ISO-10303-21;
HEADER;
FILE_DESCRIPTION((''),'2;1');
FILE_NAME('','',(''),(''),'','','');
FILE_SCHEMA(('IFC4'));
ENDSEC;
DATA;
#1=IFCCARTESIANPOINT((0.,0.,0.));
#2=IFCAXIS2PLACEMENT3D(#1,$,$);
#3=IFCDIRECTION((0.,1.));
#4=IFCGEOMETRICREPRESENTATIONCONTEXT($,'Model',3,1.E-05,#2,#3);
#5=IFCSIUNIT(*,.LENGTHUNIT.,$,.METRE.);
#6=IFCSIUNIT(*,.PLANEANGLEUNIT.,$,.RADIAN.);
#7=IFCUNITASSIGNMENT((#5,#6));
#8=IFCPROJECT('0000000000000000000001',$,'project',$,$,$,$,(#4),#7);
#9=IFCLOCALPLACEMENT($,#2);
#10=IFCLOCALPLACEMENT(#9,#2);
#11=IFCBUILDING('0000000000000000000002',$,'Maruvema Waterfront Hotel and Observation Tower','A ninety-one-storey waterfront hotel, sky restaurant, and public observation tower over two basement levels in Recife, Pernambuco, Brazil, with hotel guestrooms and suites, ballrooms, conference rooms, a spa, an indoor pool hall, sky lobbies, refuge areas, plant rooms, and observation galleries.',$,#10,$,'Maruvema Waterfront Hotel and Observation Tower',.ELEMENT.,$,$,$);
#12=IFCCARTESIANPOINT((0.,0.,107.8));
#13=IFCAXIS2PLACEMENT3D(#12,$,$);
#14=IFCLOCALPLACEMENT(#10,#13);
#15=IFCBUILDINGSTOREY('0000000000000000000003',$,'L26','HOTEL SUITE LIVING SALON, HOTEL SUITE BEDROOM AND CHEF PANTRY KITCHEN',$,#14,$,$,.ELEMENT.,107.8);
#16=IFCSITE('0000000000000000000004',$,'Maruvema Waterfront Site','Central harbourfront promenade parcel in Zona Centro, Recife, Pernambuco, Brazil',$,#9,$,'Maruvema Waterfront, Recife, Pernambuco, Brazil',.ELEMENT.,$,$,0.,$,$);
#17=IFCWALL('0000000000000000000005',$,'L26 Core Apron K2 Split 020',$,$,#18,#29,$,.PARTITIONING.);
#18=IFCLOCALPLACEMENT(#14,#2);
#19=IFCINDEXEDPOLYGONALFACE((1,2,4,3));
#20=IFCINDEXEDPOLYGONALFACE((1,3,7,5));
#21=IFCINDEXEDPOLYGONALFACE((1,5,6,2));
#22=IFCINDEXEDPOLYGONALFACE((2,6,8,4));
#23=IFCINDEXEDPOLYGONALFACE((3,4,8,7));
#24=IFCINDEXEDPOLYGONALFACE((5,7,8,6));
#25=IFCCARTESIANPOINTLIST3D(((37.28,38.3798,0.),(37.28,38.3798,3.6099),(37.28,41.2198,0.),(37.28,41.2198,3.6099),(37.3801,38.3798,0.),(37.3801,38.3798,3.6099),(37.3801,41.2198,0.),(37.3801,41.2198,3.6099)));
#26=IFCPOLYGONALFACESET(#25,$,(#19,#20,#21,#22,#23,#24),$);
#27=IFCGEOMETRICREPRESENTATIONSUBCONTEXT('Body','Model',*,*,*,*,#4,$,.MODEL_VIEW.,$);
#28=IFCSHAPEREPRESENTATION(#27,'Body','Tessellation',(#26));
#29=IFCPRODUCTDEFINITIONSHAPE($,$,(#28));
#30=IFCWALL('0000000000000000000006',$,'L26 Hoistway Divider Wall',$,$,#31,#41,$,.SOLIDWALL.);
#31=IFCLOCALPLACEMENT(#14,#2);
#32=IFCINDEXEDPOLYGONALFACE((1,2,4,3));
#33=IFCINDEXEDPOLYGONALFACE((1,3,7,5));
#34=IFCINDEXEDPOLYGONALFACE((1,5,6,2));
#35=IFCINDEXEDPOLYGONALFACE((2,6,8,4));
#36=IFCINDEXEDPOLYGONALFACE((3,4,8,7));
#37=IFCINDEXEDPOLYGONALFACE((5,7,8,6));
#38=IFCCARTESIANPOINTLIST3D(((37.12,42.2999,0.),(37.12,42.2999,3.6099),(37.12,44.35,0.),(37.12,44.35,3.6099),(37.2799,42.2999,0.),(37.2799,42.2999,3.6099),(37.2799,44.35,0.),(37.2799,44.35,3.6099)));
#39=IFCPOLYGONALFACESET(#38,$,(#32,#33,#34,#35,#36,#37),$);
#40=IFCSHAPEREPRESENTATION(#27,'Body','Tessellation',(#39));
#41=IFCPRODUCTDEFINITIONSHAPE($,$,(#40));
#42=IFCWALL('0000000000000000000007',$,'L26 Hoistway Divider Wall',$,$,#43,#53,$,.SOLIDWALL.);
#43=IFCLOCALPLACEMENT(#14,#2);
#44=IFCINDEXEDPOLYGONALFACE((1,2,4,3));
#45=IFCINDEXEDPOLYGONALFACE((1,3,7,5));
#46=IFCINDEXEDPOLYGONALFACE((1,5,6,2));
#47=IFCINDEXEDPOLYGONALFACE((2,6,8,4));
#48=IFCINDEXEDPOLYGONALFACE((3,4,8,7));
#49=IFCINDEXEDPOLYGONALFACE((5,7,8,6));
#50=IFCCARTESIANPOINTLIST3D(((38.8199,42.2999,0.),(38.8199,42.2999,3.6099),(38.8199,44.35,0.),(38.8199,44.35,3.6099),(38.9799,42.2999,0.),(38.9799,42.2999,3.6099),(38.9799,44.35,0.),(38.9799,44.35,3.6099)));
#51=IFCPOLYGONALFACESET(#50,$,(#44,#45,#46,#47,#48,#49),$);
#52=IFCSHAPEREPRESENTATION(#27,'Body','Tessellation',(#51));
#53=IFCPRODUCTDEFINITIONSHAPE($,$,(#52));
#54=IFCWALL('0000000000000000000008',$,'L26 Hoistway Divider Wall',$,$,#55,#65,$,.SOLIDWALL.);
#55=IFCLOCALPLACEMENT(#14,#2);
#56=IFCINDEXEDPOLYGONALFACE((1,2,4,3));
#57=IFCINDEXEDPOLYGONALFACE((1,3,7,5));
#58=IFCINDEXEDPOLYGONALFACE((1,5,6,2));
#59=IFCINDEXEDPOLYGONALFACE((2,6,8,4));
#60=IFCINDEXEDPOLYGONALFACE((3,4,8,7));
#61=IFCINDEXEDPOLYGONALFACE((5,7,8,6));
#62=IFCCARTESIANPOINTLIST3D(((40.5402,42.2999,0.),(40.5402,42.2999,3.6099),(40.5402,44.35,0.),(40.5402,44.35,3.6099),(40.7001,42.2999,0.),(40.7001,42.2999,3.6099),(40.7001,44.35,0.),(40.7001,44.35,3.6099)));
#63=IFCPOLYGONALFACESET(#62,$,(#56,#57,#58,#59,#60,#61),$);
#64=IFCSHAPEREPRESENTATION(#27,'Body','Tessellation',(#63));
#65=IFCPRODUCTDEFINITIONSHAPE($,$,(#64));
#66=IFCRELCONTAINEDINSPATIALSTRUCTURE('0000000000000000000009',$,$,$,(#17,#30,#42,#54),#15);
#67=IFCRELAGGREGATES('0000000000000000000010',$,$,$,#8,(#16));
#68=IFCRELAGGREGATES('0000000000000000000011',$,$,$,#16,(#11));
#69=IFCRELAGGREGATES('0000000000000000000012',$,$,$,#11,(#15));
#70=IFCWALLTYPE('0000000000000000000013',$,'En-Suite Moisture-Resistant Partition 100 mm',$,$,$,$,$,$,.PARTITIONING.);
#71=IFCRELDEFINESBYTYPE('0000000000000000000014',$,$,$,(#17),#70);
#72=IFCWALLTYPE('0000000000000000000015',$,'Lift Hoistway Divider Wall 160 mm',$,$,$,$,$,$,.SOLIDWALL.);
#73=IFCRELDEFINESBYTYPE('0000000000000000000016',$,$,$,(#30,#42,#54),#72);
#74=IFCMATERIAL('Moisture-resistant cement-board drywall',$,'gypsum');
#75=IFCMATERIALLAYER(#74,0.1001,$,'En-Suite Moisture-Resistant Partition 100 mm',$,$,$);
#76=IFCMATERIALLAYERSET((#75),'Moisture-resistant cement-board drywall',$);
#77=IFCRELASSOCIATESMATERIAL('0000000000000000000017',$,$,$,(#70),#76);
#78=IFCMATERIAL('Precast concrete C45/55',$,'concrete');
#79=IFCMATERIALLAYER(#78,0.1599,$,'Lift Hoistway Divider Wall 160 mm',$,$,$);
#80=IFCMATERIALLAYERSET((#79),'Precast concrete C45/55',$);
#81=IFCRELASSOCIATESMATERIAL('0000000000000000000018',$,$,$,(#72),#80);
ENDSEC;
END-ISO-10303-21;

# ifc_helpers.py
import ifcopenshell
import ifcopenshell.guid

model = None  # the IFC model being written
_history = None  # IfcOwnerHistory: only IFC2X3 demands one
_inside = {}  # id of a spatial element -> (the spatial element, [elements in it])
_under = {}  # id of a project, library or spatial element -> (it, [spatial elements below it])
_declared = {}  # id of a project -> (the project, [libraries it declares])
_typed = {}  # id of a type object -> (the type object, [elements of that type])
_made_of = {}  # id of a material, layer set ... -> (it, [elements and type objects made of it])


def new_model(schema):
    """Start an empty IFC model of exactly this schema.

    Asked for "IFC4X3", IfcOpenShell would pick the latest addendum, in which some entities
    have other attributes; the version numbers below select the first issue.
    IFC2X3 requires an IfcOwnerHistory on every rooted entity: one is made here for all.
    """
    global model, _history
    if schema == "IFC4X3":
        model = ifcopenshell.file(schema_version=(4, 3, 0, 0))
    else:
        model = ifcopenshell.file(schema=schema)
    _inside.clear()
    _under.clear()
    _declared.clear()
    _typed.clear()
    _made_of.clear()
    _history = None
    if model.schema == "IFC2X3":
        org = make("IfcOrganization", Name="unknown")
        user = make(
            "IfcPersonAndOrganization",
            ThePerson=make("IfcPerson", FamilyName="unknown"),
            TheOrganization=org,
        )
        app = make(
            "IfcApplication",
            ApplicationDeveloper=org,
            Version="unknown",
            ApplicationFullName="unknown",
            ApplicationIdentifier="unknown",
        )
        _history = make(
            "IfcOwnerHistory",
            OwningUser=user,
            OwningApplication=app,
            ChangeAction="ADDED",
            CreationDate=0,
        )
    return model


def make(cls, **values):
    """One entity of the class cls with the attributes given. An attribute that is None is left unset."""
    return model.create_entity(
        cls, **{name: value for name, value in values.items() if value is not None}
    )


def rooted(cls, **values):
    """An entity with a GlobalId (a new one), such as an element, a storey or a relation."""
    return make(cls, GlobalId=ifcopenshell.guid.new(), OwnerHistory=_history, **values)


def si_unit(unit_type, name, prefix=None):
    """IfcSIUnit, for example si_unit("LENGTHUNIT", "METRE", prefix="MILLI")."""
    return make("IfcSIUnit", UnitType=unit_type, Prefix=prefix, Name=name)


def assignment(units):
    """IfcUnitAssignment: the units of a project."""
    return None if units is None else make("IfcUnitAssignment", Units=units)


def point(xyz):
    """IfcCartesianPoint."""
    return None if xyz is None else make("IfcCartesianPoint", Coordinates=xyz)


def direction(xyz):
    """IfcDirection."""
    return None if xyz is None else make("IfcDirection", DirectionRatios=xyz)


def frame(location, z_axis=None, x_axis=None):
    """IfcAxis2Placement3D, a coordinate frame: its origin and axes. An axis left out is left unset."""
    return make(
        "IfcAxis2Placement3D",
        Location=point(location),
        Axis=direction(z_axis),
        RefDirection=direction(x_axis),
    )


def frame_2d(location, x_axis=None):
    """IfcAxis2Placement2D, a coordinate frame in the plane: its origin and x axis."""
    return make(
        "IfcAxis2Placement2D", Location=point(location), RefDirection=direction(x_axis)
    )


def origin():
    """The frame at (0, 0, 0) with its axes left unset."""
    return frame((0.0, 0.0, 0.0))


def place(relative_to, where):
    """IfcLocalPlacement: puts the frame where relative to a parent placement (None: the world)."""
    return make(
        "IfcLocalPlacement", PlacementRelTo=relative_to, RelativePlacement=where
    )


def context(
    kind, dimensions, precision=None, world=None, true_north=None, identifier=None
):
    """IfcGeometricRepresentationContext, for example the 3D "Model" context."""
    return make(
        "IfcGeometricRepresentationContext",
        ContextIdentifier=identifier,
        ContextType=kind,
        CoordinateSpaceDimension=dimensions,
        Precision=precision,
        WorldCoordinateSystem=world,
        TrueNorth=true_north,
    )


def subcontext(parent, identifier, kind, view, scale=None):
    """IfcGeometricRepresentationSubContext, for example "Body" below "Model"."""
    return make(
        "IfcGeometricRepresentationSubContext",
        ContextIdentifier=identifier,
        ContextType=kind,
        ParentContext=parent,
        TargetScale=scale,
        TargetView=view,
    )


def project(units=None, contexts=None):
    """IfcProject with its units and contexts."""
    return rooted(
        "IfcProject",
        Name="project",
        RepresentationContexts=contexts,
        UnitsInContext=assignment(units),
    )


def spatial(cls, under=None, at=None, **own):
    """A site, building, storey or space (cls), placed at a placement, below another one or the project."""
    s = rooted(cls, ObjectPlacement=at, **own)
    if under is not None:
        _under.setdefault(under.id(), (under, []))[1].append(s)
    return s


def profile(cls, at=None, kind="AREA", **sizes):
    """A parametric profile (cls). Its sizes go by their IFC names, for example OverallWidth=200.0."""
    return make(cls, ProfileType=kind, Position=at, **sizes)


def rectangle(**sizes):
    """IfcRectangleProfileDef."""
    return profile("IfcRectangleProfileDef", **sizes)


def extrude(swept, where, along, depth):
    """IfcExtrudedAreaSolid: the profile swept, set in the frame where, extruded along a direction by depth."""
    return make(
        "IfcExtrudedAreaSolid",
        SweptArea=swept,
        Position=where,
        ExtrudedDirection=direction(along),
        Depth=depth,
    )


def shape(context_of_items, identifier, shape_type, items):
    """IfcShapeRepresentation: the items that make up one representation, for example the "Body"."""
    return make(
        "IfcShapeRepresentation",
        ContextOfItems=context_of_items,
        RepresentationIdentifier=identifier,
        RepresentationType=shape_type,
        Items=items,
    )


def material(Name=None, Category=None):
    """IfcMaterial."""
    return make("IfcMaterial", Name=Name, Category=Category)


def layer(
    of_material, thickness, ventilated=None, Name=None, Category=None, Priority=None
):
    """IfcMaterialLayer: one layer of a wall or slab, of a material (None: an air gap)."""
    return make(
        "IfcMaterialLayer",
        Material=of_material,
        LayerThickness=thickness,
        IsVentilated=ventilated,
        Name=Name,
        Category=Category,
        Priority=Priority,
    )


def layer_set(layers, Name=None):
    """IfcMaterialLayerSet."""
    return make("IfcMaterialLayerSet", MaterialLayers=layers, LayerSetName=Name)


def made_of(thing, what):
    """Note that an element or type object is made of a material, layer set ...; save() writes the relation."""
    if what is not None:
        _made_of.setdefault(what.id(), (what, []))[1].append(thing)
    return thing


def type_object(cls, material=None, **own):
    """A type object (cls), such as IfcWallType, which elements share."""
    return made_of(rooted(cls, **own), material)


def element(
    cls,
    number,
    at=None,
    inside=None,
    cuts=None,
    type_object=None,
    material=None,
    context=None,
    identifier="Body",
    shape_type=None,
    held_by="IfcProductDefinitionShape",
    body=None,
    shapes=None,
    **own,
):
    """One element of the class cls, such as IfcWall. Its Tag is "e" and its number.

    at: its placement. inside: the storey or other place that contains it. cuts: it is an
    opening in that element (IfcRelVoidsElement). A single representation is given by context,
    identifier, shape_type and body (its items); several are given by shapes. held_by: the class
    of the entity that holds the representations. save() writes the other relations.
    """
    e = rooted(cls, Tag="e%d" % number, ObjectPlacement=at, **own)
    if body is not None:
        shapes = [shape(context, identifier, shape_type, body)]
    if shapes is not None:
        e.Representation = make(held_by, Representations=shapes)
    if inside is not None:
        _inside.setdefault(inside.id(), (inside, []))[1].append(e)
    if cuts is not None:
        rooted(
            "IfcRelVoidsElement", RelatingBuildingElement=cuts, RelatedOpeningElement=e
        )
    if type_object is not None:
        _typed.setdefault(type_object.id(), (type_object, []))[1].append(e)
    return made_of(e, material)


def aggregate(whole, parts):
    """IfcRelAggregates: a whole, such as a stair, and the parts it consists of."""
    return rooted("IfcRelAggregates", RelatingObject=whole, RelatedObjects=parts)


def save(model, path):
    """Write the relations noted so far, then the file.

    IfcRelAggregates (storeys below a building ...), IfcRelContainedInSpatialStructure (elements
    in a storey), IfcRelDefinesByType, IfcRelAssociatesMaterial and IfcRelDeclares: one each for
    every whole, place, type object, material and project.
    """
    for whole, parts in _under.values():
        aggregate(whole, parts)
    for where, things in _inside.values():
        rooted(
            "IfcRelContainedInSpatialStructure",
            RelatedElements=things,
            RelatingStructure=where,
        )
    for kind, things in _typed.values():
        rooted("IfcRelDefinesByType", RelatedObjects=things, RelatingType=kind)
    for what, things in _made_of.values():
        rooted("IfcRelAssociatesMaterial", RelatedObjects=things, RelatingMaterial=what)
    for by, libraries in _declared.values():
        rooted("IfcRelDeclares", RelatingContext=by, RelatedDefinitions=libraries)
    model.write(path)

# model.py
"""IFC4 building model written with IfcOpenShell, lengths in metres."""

from ifc_helpers import new_model, si_unit, direction, frame, frame_2d, origin, place, context, subcontext, project, spatial, rectangle, extrude, material, layer, layer_set, type_object, element, save


model = new_model("IFC4")

# Units and contexts
model_context = context("Model", 3, precision=1e-05, world=origin(), true_north=direction((0.0, 1.0)))
body_context = subcontext(model_context, "Body", "Model", "MODEL_VIEW")
ifc_project = project(units=[si_unit("LENGTHUNIT", "METRE"), si_unit("PLANEANGLEUNIT", "RADIAN")], contexts=[model_context])

# Site, building, storey
site_placement = place(None, origin())
site = spatial("IfcSite", under=ifc_project, at=site_placement, Name="Maruvema Waterfront Site", Description="Central harbourfront promenade parcel in Zona Centro, Recife, Pernambuco, Brazil", LongName="Maruvema Waterfront, Recife, Pernambuco, Brazil", CompositionType="ELEMENT", RefElevation=0.0)
building_placement = place(site_placement, origin())
building = spatial("IfcBuilding", under=site, at=building_placement, Name="Maruvema Waterfront Hotel and Observation Tower", Description="A ninety-one-storey waterfront hotel, sky restaurant, and public observation tower over two basement levels in Recife, Pernambuco, Brazil, with hotel guestrooms and suites, ballrooms, conference rooms, a spa, an indoor pool hall, sky lobbies, refuge areas, plant rooms, and observation galleries.", LongName="Maruvema Waterfront Hotel and Observation Tower", CompositionType="ELEMENT")
storey_placement = place(building_placement, frame((0.0, 0.0, 107.8)))
storey = spatial("IfcBuildingStorey", under=building, at=storey_placement, Name="L26", Description="HOTEL SUITE LIVING SALON, HOTEL SUITE BEDROOM AND CHEF PANTRY KITCHEN", CompositionType="ELEMENT", Elevation=107.8)

# Shared definitions
ifc_material_1 = material(Name="Moisture-resistant cement-board drywall", Category="gypsum")
ifc_layer_1 = layer(ifc_material_1, 0.1001, Name="En-Suite Moisture-Resistant Partition 100 mm")
ifc_layer_set_1 = layer_set([ifc_layer_1], Name="Moisture-resistant cement-board drywall")
wall_type_1 = type_object("IfcWallType", Name="En-Suite Moisture-Resistant Partition 100 mm", PredefinedType="PARTITIONING", material=ifc_layer_set_1)

# Walls
wall_1_placement = place(storey_placement, frame((37.3301, 38.3799, 0.0), z_axis=(0.0, 0.0, 1.0), x_axis=(0.0, 1.0, 0.0)))
element("IfcWall", 1, at=wall_1_placement, inside=storey, type_object=wall_type_1, Name="L26 Core Apron K2 Split 020", PredefinedType="PARTITIONING", context=body_context, shape_type="SweptSolid", body=[
    extrude(rectangle(XDim=2.8401, YDim=0.1001, at=frame_2d((1.4199, 0.0))), origin(), (0.0, 0.0, 1.0), 3.6099),
])
ifc_material_2 = material(Name="Precast concrete C45/55", Category="concrete")
ifc_layer_2 = layer(ifc_material_2, 0.1599, Name="Lift Hoistway Divider Wall 160 mm")
ifc_layer_set_2 = layer_set([ifc_layer_2], Name="Precast concrete C45/55")
wall_type_2 = type_object("IfcWallType", Name="Lift Hoistway Divider Wall 160 mm", PredefinedType="SOLIDWALL", material=ifc_layer_set_2)
for number, where, z_axis, x_axis, name in (
    (2, (37.2, 42.3, 0.0), (0.0, 0.0, 1.0), (0.0, 1.0, 0.0), "L26 Hoistway Divider Wall"),
    (3, (38.8999, 42.3, 0.0), (0.0, 0.0, 1.0), (0.0, 1.0, 0.0), "L26 Hoistway Divider Wall"),
    (4, (40.6201, 42.3, 0.0), (0.0, 0.0, 1.0), (0.0, 1.0, 0.0), "L26 Hoistway Divider Wall"),
):
    element("IfcWall", number, at=place(storey_placement, frame(where, z_axis=z_axis, x_axis=x_axis)), inside=storey, type_object=wall_type_2, Name=name, PredefinedType="SOLIDWALL", context=body_context, shape_type="SweptSolid", body=[
        extrude(rectangle(XDim=2.05, YDim=0.1599, at=frame_2d((1.0249, 0.0))), origin(), (0.0, 0.0, 1.0), 3.6099),
    ])

save(model, "model.ifc")
